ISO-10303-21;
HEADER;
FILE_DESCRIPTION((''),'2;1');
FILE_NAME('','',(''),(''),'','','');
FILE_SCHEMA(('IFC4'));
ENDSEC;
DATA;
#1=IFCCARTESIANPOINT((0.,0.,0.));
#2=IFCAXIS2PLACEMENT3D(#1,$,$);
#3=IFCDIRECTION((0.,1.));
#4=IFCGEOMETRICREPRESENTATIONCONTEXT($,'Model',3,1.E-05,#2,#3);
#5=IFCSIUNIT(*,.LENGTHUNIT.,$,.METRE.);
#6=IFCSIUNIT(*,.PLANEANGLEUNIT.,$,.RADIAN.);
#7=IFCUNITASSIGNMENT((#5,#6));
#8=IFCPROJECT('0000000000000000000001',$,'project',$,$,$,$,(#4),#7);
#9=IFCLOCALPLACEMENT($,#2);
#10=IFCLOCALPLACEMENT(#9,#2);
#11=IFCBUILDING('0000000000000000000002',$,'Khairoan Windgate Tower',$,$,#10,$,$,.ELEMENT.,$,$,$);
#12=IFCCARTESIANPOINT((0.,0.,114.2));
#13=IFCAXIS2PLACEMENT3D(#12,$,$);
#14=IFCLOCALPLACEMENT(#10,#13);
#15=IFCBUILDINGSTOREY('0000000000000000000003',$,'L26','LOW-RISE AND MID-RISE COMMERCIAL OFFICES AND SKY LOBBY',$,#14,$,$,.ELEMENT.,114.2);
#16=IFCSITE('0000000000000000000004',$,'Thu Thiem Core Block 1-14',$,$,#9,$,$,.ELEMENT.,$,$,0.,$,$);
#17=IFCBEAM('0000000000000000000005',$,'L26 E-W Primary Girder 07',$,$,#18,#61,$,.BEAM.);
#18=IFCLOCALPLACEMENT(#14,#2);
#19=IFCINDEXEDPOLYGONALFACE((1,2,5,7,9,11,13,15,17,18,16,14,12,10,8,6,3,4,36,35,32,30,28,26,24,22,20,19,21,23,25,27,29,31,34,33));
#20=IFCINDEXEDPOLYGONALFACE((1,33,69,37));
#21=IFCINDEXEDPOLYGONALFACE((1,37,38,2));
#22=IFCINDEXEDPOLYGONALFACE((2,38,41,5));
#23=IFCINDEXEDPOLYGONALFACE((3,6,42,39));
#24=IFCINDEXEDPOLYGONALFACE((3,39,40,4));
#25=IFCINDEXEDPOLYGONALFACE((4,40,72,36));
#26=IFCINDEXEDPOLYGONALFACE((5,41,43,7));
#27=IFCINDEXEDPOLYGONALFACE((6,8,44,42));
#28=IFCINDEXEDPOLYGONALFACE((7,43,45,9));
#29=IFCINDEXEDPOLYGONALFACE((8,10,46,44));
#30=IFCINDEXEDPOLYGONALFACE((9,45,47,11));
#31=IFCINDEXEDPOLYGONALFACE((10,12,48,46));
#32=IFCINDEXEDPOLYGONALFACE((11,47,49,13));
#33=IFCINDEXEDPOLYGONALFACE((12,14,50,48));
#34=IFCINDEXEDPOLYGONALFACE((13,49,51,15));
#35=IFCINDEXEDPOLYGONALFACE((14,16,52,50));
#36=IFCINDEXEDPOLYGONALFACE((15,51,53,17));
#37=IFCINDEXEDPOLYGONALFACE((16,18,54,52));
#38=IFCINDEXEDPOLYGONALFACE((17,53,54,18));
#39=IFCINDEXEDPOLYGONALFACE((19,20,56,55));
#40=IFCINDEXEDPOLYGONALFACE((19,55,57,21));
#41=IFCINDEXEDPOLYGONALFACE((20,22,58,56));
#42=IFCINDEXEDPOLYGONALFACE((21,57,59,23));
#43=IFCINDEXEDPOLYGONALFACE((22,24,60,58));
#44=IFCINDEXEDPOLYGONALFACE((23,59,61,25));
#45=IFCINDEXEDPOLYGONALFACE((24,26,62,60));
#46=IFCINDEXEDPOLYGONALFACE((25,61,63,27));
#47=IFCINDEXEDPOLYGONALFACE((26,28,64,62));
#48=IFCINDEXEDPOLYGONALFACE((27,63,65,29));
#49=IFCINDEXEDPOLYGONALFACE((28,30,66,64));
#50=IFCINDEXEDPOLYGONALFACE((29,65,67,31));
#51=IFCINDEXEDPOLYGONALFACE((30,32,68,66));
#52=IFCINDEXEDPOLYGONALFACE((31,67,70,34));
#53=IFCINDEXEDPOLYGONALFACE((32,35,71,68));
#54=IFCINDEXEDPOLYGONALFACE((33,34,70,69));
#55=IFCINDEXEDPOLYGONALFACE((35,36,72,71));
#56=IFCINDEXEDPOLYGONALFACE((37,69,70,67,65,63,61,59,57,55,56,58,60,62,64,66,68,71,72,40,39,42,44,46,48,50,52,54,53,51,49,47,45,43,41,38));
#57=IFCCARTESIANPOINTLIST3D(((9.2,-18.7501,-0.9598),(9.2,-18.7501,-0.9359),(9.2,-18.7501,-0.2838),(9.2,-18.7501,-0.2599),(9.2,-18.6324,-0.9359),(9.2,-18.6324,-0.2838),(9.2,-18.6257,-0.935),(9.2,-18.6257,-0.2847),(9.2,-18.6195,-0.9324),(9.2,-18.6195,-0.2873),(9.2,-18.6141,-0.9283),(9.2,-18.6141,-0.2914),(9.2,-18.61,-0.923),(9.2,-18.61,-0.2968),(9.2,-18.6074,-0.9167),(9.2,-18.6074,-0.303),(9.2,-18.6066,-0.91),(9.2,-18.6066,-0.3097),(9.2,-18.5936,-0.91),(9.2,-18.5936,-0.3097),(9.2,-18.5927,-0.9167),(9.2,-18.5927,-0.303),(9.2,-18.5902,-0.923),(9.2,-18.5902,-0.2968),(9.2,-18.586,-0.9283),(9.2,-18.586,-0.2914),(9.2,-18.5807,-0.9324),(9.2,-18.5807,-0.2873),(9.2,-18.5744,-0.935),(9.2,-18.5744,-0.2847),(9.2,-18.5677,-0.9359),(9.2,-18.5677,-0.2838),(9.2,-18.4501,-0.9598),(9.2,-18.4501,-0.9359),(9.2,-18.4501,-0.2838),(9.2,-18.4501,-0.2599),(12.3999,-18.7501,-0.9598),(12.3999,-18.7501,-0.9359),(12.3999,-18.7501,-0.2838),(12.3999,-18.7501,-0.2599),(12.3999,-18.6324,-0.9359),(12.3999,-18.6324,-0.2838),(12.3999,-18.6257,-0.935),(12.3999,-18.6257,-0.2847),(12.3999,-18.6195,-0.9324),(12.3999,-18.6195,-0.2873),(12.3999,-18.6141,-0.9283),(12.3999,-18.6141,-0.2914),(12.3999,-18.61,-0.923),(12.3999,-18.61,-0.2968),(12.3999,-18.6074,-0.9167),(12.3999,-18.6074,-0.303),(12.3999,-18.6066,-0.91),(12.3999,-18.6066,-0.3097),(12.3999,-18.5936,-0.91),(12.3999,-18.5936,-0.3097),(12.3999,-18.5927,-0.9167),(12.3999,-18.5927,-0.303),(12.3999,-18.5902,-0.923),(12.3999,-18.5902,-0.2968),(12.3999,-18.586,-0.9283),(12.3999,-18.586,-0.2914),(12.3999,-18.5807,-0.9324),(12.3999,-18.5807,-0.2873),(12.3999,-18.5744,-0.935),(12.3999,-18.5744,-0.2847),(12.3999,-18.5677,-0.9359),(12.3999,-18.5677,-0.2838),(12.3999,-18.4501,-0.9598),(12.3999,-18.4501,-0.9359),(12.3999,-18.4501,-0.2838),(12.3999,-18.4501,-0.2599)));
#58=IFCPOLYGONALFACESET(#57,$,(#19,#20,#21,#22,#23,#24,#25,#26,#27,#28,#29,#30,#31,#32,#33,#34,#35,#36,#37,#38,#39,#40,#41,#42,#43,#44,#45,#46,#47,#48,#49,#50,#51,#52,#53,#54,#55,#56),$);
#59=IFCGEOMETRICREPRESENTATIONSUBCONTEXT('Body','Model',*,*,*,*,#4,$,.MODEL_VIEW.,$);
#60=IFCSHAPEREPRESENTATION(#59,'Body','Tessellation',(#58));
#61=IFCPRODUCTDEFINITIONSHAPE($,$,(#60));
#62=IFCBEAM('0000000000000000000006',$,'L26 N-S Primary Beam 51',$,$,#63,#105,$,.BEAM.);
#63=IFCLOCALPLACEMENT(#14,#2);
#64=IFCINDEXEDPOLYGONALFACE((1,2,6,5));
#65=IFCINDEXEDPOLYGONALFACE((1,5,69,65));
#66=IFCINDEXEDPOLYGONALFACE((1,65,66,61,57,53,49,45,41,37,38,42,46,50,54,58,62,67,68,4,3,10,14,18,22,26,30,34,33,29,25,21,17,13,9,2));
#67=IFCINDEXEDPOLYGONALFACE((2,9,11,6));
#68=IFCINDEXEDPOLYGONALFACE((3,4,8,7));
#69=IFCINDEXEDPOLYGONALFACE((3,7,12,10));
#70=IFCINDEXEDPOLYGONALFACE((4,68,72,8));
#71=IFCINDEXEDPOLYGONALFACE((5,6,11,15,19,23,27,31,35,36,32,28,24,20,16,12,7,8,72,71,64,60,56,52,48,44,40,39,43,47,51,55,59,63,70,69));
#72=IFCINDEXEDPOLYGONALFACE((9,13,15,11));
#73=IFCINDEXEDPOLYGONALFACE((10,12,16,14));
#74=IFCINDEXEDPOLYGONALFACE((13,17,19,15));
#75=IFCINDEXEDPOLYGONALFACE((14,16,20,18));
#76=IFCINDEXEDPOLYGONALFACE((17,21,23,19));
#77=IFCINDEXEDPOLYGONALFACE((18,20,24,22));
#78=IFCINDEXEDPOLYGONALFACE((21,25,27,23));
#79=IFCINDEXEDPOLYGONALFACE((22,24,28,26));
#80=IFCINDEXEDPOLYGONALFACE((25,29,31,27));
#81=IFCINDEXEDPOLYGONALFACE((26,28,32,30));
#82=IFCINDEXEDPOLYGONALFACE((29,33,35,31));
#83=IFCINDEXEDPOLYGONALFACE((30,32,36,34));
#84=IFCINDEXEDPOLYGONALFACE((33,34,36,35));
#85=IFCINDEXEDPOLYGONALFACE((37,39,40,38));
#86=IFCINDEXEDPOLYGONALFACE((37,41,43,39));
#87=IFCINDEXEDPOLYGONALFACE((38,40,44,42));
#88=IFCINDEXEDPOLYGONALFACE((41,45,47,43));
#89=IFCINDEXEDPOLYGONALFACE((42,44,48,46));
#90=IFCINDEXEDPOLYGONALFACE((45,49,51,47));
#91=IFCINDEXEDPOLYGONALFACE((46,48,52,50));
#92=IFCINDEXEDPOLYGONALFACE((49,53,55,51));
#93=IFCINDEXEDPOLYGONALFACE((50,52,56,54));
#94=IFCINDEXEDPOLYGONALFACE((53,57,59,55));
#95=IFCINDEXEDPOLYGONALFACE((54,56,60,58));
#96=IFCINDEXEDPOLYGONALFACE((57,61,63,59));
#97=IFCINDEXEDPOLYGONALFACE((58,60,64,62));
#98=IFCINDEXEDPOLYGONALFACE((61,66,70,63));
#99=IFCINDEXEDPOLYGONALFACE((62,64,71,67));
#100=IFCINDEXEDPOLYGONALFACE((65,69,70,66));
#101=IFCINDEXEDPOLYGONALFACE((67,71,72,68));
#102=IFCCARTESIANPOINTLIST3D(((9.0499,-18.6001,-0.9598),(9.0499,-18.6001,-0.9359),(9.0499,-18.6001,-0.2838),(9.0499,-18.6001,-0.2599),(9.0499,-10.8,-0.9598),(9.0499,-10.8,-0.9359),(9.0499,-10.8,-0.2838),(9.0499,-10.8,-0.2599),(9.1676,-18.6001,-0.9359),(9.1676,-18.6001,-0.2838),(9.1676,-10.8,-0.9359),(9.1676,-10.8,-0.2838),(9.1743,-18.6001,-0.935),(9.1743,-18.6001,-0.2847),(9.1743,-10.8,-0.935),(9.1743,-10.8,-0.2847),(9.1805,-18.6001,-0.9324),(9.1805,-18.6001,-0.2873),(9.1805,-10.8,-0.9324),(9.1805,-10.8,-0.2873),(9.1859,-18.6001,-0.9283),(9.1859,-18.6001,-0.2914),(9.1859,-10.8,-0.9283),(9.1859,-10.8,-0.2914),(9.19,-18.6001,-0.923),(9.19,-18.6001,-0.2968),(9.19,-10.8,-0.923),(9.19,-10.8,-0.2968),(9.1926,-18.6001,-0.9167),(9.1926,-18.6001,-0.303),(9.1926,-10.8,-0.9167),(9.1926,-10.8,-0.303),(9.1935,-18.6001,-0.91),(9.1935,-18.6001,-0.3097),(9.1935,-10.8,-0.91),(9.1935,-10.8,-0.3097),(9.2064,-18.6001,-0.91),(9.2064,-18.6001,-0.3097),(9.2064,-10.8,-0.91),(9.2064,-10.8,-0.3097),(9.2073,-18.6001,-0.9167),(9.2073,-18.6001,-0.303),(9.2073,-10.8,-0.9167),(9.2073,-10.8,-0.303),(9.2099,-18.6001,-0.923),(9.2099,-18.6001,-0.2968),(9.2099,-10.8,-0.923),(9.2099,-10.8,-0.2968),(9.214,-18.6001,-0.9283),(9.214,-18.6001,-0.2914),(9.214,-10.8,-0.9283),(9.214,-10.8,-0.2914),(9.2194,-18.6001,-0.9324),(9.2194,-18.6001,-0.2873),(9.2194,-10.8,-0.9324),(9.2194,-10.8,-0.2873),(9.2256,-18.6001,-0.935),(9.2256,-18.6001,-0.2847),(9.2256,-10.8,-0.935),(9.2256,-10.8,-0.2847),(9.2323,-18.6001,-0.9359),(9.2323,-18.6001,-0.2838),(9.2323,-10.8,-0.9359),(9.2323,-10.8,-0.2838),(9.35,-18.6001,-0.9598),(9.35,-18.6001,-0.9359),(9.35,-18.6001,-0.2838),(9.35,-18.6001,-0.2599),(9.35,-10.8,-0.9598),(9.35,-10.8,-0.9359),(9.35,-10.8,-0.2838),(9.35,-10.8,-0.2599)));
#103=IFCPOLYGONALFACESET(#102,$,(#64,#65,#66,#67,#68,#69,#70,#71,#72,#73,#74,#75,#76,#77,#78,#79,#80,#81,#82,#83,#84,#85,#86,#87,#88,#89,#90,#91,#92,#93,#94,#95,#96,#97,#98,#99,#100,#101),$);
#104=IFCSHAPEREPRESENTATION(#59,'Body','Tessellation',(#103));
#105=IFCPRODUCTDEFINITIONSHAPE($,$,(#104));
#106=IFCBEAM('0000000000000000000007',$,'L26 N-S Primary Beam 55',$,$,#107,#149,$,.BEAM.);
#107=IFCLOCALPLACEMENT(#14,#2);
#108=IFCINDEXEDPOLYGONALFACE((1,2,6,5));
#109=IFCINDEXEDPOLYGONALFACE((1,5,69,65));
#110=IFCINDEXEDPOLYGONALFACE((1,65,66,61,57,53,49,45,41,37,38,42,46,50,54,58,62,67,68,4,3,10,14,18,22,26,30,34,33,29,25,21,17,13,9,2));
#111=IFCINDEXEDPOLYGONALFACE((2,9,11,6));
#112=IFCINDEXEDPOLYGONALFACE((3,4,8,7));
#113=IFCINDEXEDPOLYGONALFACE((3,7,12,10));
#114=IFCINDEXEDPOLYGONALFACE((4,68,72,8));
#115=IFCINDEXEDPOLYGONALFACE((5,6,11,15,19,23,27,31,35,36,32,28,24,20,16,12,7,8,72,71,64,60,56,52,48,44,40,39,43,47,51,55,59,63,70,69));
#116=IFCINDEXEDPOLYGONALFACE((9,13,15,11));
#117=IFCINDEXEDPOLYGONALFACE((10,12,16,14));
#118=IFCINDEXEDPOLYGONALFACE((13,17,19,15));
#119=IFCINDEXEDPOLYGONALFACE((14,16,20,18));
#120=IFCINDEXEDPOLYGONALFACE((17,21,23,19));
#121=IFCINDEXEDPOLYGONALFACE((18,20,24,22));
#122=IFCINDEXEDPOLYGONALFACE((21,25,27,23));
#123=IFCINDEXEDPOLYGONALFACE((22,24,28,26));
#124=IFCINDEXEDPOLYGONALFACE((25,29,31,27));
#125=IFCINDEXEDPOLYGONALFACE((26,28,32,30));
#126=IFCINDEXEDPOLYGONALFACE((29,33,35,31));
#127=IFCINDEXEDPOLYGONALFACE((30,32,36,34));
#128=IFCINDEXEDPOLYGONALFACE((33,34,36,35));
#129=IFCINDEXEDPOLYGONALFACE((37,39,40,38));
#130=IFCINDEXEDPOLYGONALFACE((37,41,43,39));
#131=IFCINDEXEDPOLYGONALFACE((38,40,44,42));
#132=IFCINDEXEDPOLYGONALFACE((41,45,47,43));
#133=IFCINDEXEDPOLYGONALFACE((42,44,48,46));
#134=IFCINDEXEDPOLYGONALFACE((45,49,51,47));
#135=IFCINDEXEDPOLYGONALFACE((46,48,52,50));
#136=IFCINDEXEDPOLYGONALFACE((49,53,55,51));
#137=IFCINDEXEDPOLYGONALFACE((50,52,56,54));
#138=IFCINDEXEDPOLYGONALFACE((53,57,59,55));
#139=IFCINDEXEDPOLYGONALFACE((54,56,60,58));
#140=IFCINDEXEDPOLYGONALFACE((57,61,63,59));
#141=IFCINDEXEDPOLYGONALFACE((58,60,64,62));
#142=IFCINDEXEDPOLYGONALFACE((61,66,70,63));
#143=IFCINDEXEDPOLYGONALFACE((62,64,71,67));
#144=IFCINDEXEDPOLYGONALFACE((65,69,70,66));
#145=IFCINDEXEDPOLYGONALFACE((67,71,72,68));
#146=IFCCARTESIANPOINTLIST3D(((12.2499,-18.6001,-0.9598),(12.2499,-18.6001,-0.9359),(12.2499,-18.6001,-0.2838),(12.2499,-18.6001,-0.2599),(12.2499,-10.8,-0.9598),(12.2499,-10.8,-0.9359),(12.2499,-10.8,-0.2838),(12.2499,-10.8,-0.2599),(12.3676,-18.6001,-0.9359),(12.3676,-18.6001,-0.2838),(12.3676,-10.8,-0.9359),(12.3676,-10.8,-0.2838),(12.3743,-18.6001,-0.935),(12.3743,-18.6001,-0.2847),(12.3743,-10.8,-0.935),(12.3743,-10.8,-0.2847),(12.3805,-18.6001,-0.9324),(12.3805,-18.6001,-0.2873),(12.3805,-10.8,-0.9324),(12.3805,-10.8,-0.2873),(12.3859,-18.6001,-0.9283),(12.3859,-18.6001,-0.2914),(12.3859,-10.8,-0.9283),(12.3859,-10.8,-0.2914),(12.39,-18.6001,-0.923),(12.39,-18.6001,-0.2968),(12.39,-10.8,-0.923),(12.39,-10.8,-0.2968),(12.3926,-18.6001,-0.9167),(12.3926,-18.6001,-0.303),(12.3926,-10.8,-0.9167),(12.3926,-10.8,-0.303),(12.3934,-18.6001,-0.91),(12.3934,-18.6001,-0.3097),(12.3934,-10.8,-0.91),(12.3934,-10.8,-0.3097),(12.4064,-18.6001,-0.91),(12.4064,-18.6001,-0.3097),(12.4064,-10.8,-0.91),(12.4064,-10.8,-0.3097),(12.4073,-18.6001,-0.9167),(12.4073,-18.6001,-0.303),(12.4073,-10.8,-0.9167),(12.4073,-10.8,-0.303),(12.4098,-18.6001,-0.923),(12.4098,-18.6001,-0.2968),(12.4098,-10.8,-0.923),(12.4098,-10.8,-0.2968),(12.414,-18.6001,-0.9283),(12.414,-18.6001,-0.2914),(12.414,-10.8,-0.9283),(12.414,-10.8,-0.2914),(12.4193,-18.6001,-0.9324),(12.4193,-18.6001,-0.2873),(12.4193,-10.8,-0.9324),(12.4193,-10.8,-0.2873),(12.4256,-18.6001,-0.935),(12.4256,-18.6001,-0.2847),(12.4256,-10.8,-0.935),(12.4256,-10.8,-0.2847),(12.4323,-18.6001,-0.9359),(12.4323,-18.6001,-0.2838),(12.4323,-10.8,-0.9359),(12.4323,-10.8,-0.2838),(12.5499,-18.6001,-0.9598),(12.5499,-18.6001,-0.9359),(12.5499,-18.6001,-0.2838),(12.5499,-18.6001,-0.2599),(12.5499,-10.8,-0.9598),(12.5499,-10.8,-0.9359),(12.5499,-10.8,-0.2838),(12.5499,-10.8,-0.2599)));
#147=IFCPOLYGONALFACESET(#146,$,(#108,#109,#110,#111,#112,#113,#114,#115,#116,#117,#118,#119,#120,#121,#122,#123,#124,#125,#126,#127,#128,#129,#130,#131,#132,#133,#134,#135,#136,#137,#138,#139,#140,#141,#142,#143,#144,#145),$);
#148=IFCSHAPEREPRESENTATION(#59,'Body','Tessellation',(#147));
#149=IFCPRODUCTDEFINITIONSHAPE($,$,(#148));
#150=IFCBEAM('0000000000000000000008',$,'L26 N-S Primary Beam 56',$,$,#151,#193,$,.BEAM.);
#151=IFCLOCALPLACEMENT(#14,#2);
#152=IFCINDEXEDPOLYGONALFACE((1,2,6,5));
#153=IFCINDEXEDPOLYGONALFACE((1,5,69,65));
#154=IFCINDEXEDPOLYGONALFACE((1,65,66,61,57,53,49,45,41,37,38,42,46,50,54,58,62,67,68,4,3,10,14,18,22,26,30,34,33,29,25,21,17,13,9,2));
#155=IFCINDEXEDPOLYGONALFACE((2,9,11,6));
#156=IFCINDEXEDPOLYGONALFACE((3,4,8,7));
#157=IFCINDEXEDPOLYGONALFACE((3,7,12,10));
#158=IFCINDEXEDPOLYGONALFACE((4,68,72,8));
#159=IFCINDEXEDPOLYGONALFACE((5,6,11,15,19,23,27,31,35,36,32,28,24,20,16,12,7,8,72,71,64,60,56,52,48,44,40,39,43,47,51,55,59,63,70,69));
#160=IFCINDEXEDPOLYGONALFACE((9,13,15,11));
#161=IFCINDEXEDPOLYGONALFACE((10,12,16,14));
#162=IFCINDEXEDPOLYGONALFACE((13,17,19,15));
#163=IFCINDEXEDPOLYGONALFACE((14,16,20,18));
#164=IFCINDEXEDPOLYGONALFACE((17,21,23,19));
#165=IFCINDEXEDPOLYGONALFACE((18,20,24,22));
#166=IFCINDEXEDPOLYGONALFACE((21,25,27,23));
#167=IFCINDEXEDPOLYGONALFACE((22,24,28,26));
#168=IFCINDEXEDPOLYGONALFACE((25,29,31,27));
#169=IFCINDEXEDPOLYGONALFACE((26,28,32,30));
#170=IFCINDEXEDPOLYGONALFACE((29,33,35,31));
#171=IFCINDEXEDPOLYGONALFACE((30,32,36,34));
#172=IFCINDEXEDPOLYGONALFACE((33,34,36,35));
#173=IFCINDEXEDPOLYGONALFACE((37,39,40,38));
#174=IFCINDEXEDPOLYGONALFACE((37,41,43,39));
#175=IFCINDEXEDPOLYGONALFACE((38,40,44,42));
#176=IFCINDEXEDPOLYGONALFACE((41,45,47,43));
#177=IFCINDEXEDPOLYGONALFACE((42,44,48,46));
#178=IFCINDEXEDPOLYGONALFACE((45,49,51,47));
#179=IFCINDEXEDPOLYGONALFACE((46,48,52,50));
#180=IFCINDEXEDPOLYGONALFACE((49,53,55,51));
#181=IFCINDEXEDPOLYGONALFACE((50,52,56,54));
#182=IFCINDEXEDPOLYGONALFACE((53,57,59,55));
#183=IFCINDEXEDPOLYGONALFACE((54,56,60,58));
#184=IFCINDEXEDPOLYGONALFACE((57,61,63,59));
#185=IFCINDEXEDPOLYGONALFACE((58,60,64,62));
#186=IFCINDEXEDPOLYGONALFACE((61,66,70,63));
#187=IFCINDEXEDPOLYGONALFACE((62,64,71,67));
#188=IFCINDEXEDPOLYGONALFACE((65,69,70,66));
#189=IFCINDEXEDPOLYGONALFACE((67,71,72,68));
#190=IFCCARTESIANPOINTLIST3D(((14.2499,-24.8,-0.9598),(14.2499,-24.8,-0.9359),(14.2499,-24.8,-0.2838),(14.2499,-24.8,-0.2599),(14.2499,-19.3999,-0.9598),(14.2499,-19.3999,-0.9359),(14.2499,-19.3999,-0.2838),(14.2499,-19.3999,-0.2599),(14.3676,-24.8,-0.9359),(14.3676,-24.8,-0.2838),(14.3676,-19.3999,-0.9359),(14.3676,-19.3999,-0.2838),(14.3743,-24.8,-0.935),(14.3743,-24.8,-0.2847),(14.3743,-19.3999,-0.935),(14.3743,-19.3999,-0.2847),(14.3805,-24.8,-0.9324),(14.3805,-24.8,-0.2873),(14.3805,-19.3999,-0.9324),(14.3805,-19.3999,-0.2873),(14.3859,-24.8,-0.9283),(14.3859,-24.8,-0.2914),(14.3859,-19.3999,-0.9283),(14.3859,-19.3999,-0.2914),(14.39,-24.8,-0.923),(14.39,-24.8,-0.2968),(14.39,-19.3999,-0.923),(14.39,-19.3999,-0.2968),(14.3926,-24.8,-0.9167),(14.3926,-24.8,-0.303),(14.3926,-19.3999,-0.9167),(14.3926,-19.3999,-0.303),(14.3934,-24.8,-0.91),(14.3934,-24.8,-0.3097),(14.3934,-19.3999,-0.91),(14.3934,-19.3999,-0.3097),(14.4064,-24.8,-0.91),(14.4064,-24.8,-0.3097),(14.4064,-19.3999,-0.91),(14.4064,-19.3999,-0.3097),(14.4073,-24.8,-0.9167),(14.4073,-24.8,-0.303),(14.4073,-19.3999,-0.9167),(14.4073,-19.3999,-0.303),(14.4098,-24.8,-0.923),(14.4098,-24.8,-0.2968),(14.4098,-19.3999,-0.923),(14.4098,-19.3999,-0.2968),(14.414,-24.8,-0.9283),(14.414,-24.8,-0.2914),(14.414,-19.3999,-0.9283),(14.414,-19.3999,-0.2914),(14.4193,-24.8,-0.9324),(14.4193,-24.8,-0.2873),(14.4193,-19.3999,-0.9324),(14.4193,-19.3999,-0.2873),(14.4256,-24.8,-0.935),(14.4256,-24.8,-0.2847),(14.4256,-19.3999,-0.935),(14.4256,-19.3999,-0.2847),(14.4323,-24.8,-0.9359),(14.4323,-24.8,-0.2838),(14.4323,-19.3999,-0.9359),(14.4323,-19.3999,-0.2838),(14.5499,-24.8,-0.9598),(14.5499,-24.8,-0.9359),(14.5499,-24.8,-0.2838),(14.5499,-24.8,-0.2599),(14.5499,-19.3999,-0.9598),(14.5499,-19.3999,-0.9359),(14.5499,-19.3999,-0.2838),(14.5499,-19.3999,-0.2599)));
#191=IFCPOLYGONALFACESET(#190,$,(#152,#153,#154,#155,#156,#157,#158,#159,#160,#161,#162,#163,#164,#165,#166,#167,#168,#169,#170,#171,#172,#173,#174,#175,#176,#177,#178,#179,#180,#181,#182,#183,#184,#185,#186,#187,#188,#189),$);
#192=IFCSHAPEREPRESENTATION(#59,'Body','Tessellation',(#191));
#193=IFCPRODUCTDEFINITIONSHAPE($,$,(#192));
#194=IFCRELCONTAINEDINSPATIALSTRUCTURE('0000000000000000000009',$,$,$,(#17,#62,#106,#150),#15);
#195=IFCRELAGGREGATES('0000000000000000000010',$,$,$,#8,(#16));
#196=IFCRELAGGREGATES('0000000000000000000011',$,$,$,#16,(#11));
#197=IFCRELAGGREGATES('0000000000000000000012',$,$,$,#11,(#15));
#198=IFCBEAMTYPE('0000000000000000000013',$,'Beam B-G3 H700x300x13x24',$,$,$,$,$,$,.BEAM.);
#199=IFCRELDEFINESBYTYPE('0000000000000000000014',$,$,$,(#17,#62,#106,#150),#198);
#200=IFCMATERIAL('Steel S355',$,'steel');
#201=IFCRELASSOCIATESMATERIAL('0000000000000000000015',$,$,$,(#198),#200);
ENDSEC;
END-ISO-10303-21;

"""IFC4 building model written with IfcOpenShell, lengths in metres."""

from ifc_helpers import new_model, si_unit, direction, frame, origin, origin_2d, place, context, subcontext, project, spatial, i_section, extrude, material, material_profile, profile_set, type_object, element, save


model = new_model("IFC4")

# Units and contexts
model_context = context("Model", 3, precision=1e-05, world=origin(), true_north=direction((0.0, 1.0)))
body_context = subcontext(model_context, "Body", "Model", "MODEL_VIEW")
ifc_project = project(units=[si_unit("LENGTHUNIT", "METRE"), si_unit("PLANEANGLEUNIT", "RADIAN")], contexts=[model_context])

# Site, building, storey
site_placement = place(None, origin())
site = spatial("IfcSite", under=ifc_project, at=site_placement, Name="Thu Thiem Core Block 1-14", CompositionType="ELEMENT", RefElevation=0.0)
building_placement = place(site_placement, origin())
building = spatial("IfcBuilding", under=site, at=building_placement, Name="Khairoan Windgate Tower", CompositionType="ELEMENT")
storey_placement = place(building_placement, frame((0.0, 0.0, 114.2)))
storey = spatial("IfcBuildingStorey", under=building, at=storey_placement, Name="L26", Description="LOW-RISE AND MID-RISE COMMERCIAL OFFICES AND SKY LOBBY", CompositionType="ELEMENT", Elevation=114.2)

# Beams
ifc_material_1 = material(Name="Steel S355", Category="steel")
ifc_material_profile_1 = material_profile(ifc_material_1, i_section(OverallWidth=0.3, OverallDepth=0.7, WebThickness=0.0129, FlangeThickness=0.0239, FilletRadius=0.0259, at=origin_2d()))
ifc_profile_set_1 = profile_set([ifc_material_profile_1], Name="Steel S355")
beam_type_1 = type_object("IfcBeamType", Name="Beam B-G3 H700x300x13x24", PredefinedType="BEAM", material=ifc_profile_set_1)
beam_1_placement = place(storey_placement, frame((9.2, -18.6001, -0.6099), z_axis=(1.0, 0.0, 0.0), x_axis=(0.0, 1.0, 0.0)))
element("IfcBeam", 1, at=beam_1_placement, inside=storey, type_object=beam_type_1, Name="L26 E-W Primary Girder 07", PredefinedType="BEAM", context=body_context, shape_type="SweptSolid", body=[
    extrude(i_section(OverallWidth=0.3, OverallDepth=0.7, WebThickness=0.0129, FlangeThickness=0.0239, FilletRadius=0.0259, at=origin_2d()), origin(), (0.0, 0.0, 1.0), 3.2),
])
for number, where, z_axis, x_axis, name in (
    (2, (9.2, -18.6001, -0.6099), (0.0, 1.0, 0.0), (-1.0, 0.0, 0.0), "L26 N-S Primary Beam 51"),
    (3, (12.3999, -18.6001, -0.6099), (0.0, 1.0, 0.0), (-1.0, 0.0, 0.0), "L26 N-S Primary Beam 55"),
):
    element("IfcBeam", number, at=place(storey_placement, frame(where, z_axis=z_axis, x_axis=x_axis)), inside=storey, type_object=beam_type_1, Name=name, PredefinedType="BEAM", context=body_context, shape_type="SweptSolid", body=[
        extrude(i_section(OverallWidth=0.3, OverallDepth=0.7, WebThickness=0.0129, FlangeThickness=0.0239, FilletRadius=0.0259, at=origin_2d()), origin(), (0.0, 0.0, 1.0), 7.8),
    ])
beam_2_placement = place(storey_placement, frame((14.3999, -24.8, -0.6099), z_axis=(0.0, 1.0, 0.0), x_axis=(-1.0, 0.0, 0.0)))
element("IfcBeam", 4, at=beam_2_placement, inside=storey, type_object=beam_type_1, Name="L26 N-S Primary Beam 56", PredefinedType="BEAM", context=body_context, shape_type="SweptSolid", body=[
    extrude(i_section(OverallWidth=0.3, OverallDepth=0.7, WebThickness=0.0129, FlangeThickness=0.0239, FilletRadius=0.0259, at=origin_2d()), origin(), (0.0, 0.0, 1.0), 5.4001),
])

save(model, "model.ifc")
